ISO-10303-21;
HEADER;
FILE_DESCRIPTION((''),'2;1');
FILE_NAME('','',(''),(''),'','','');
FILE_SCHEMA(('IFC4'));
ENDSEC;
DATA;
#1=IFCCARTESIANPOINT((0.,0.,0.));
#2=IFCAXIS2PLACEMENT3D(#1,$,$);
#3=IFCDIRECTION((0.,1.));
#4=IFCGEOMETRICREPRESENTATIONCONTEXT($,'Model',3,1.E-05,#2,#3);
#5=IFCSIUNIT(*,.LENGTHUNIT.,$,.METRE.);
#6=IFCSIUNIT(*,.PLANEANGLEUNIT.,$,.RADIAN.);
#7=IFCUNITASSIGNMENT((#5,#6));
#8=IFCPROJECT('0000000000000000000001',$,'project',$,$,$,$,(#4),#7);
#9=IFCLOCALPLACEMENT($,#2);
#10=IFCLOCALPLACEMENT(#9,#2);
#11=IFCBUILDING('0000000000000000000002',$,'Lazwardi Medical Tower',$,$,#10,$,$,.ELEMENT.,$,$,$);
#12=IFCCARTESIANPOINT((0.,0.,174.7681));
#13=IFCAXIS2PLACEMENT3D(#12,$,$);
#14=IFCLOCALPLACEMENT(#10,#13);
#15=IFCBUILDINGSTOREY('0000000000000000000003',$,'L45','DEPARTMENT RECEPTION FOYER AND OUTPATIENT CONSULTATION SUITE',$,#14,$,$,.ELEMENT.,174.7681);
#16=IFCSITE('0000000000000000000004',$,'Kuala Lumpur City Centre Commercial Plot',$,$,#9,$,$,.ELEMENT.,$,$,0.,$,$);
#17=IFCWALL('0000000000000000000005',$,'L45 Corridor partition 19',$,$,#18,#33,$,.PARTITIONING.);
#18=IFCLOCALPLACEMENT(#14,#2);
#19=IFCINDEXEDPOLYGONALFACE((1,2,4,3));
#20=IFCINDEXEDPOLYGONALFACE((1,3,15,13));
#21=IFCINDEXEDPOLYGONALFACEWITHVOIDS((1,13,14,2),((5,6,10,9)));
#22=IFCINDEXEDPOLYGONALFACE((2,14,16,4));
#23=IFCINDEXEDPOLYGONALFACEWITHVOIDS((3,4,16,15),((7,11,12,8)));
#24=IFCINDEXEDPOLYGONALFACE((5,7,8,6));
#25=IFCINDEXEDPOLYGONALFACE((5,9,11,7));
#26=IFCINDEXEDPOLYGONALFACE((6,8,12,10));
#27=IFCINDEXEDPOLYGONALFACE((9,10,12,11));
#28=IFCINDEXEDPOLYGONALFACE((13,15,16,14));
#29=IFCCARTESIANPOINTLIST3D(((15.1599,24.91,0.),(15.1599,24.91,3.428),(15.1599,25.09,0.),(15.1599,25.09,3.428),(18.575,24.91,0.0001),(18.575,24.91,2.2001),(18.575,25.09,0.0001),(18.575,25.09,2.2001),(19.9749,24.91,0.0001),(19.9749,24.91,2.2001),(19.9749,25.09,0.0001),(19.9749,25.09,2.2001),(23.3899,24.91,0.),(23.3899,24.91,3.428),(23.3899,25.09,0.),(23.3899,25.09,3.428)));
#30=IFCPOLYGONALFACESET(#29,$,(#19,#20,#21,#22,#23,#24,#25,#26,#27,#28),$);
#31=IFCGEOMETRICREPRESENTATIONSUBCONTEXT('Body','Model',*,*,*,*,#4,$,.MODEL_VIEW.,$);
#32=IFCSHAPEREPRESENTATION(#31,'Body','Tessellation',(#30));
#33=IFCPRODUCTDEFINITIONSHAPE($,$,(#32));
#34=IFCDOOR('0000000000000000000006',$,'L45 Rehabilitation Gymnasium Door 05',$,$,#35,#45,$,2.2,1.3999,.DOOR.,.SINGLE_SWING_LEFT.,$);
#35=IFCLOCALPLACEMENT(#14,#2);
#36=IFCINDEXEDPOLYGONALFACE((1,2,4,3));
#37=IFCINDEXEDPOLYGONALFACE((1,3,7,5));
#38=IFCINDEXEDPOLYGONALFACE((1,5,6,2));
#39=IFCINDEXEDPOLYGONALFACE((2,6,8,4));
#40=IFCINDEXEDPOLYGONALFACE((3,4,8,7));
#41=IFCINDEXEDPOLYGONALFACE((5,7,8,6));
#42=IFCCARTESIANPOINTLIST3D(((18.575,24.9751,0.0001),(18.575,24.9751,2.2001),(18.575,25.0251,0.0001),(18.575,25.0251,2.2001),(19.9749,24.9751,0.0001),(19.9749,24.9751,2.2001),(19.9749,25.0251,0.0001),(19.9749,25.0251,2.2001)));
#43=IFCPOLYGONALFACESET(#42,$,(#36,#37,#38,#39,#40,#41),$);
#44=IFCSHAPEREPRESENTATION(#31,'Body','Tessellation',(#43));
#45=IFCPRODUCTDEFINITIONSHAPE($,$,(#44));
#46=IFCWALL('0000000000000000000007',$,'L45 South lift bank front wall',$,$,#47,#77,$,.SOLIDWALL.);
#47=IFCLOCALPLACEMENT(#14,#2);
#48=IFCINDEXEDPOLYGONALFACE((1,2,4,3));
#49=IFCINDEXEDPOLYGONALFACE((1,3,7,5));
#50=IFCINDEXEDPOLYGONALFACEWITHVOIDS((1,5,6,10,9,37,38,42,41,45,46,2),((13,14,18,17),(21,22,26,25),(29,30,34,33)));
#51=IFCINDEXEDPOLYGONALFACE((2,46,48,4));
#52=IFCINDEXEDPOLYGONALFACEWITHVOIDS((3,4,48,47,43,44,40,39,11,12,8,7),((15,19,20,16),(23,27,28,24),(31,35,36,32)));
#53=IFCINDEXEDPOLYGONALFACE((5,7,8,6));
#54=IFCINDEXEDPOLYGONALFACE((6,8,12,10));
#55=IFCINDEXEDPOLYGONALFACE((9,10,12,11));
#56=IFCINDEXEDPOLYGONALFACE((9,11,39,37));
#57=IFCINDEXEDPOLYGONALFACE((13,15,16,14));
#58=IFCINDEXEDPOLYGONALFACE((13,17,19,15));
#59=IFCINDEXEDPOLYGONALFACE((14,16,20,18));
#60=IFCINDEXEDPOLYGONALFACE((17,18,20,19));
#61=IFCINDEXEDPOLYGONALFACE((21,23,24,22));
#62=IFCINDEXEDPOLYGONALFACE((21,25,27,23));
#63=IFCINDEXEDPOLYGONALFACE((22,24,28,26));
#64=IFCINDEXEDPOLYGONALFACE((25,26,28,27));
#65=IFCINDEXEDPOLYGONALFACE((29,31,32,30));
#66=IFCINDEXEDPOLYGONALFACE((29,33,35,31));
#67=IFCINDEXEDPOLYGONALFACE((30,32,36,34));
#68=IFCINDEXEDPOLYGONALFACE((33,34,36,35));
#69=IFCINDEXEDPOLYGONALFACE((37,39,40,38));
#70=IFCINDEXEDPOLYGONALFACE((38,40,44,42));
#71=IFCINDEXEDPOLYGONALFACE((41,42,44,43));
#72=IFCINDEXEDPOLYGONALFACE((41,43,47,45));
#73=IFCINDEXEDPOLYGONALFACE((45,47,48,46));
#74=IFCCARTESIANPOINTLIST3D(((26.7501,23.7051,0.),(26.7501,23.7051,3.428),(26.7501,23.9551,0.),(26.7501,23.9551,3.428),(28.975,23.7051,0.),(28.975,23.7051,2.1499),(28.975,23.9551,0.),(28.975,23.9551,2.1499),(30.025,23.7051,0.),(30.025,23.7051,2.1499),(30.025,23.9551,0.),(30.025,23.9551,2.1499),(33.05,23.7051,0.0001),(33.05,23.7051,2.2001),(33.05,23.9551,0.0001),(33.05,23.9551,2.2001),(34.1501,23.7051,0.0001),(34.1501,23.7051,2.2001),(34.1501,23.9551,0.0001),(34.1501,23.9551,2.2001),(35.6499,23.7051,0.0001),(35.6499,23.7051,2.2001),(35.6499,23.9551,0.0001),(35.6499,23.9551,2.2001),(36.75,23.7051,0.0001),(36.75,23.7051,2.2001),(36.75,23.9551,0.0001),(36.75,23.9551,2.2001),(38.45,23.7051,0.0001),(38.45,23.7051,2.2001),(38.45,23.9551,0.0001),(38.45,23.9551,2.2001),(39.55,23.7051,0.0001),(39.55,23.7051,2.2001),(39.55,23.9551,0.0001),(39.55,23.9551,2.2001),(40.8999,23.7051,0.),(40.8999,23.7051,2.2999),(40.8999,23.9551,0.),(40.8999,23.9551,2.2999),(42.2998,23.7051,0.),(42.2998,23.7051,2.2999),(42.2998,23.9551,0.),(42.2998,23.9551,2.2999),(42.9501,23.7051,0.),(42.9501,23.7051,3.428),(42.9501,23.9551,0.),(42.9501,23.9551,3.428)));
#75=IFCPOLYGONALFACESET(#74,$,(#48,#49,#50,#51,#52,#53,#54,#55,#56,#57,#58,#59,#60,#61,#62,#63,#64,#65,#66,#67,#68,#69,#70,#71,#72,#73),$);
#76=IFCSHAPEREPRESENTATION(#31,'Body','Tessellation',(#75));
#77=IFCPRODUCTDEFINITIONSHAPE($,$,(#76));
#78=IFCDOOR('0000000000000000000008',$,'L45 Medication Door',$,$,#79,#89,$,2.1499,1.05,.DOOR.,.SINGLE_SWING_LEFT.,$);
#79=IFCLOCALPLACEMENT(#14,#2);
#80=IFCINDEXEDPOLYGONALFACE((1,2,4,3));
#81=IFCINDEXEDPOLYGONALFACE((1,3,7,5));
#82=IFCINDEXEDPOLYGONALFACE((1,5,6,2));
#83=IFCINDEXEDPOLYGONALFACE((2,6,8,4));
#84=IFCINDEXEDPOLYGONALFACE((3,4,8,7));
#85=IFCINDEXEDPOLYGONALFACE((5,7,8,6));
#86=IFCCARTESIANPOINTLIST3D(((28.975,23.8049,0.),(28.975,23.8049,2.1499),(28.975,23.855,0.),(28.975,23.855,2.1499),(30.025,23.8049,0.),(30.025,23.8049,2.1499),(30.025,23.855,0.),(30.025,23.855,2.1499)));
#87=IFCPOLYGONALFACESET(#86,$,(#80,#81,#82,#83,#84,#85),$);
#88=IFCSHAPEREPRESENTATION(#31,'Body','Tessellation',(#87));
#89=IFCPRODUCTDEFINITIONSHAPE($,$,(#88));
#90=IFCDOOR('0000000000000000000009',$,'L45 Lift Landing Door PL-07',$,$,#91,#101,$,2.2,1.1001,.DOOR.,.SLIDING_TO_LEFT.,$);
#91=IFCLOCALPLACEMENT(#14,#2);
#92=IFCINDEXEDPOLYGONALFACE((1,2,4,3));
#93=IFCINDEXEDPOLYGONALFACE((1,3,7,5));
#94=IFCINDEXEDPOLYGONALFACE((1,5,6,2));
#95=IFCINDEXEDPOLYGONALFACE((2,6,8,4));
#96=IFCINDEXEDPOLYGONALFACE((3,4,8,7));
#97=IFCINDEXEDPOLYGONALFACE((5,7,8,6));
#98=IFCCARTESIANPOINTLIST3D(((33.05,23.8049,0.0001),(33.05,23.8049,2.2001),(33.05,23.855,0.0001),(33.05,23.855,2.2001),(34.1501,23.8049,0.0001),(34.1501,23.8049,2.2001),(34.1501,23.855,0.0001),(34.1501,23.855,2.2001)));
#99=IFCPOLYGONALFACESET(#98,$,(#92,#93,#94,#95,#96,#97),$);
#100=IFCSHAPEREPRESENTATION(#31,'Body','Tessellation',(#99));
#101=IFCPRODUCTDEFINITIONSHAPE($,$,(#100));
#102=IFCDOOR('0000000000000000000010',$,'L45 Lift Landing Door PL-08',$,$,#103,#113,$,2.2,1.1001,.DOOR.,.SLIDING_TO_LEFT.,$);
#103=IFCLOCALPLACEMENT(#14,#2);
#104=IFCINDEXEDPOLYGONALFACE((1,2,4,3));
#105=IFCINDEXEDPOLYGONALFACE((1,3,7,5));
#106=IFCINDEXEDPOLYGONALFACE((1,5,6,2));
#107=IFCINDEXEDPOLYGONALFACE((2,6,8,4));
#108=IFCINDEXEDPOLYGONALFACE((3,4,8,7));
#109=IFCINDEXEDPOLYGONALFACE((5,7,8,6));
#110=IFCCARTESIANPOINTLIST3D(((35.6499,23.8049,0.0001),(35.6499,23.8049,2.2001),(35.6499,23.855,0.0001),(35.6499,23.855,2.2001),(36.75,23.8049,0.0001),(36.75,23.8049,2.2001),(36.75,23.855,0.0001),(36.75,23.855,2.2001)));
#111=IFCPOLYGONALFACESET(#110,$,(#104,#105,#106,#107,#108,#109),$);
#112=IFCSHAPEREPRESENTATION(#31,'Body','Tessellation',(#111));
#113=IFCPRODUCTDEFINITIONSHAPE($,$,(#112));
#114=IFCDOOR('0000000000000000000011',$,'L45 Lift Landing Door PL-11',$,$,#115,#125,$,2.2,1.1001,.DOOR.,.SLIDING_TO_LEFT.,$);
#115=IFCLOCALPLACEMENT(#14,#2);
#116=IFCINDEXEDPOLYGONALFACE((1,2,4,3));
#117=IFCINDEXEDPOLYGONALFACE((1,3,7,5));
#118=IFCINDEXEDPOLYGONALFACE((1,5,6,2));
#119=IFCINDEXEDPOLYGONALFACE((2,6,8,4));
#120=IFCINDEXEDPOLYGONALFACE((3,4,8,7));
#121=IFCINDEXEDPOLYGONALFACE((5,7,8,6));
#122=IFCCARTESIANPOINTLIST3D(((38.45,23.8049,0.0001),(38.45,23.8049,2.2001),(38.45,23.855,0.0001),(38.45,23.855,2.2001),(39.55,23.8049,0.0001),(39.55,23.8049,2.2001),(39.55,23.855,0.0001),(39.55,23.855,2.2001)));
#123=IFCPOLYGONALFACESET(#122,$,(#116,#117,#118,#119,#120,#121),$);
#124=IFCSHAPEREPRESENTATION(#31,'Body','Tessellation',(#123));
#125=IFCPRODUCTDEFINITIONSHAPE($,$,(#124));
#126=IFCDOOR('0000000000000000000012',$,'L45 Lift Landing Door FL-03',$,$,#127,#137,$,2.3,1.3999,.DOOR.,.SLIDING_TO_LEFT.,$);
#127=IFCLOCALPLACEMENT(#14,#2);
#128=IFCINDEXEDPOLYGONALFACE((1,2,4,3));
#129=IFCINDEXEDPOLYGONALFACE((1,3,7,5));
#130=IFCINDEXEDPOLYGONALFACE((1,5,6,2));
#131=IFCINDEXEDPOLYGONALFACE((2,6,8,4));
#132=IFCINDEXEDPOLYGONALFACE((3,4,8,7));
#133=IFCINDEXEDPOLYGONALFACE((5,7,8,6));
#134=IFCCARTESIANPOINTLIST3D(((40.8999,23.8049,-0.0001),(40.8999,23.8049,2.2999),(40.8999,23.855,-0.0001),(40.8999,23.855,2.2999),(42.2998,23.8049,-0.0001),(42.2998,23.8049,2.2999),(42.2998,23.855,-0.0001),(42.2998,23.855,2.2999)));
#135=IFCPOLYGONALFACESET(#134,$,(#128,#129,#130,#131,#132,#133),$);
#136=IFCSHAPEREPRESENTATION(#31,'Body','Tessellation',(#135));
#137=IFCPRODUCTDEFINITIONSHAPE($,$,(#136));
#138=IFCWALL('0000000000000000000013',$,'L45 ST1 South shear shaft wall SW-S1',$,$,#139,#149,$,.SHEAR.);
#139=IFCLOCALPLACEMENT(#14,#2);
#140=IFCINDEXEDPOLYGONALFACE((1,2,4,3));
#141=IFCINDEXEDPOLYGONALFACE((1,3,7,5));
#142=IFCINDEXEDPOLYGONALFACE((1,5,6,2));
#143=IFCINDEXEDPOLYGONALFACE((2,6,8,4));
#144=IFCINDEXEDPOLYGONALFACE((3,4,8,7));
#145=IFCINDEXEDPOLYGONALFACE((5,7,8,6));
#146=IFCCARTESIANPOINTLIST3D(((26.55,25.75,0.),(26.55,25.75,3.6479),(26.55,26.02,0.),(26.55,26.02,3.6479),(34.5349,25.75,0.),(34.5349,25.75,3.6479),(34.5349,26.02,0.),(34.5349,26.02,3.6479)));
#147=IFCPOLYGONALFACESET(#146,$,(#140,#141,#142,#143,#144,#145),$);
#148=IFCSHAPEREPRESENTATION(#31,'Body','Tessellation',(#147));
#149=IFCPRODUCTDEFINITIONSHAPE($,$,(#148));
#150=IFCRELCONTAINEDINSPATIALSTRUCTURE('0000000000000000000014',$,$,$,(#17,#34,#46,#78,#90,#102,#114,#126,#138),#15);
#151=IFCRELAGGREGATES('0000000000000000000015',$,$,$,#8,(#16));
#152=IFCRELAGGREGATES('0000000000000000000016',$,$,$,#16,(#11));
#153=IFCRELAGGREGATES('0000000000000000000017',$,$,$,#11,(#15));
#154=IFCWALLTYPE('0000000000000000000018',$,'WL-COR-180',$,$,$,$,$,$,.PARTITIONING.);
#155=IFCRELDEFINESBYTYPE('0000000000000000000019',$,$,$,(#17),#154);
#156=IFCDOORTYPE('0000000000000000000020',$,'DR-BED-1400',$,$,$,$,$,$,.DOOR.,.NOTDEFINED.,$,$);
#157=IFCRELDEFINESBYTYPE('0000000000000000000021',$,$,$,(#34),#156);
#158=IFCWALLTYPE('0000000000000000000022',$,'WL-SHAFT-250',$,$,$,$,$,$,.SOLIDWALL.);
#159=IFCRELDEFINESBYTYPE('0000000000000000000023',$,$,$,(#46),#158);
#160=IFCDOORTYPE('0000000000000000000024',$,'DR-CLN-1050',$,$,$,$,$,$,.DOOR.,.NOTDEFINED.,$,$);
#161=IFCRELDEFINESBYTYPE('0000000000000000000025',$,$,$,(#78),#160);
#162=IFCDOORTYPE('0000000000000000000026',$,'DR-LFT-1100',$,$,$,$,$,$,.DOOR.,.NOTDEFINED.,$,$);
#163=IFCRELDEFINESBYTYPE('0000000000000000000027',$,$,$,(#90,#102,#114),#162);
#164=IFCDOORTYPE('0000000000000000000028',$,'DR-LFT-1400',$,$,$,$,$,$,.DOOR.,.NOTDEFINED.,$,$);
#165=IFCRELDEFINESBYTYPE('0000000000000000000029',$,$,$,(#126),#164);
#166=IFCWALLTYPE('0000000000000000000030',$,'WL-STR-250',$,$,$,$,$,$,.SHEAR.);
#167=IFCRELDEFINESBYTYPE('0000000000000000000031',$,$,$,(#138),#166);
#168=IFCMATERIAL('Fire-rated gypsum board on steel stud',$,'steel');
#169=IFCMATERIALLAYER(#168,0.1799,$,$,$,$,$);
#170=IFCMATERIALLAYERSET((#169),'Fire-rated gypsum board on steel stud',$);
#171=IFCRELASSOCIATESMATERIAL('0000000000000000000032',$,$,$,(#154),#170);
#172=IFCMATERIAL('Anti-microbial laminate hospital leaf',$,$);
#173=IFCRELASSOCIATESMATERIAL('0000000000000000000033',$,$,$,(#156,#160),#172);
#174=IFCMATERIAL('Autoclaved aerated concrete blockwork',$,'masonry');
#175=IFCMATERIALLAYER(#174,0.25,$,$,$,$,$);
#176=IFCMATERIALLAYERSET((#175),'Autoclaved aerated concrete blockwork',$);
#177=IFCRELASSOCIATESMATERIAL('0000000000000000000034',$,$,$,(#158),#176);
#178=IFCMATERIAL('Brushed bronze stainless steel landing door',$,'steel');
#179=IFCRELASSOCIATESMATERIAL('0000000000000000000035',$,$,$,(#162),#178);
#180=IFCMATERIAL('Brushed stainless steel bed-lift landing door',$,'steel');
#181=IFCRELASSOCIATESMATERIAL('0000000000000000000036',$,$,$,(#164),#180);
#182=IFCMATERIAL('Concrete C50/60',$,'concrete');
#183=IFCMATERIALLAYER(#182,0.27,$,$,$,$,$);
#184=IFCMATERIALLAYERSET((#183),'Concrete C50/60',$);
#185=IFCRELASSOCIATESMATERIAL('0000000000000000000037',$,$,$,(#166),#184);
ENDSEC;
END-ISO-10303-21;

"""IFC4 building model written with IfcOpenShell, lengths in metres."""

from ifc_helpers import new_model, si_unit, direction, frame, frame_2d, origin, place, context, subcontext, project, spatial, rectangle, extrude, material, layer, layer_set, type_object, element, fill, save


model = new_model("IFC4")

# Units and contexts
model_context = context("Model", 3, precision=1e-05, world=origin(), true_north=direction((0.0, 1.0)))
body_context = subcontext(model_context, "Body", "Model", "MODEL_VIEW")
ifc_project = project(units=[si_unit("LENGTHUNIT", "METRE"), si_unit("PLANEANGLEUNIT", "RADIAN")], contexts=[model_context])

# Site, building, storey
site_placement = place(None, origin())
site = spatial("IfcSite", under=ifc_project, at=site_placement, Name="Kuala Lumpur City Centre Commercial Plot", CompositionType="ELEMENT", RefElevation=0.0)
building_placement = place(site_placement, origin())
building = spatial("IfcBuilding", under=site, at=building_placement, Name="Lazwardi Medical Tower", CompositionType="ELEMENT")
storey_placement = place(building_placement, frame((0.0, 0.0, 174.7681)))
storey = spatial("IfcBuildingStorey", under=building, at=storey_placement, Name="L45", Description="DEPARTMENT RECEPTION FOYER AND OUTPATIENT CONSULTATION SUITE", CompositionType="ELEMENT", Elevation=174.7681)

# Wall, opening, door
ifc_material_1 = material(Name="Fire-rated gypsum board on steel stud", Category="steel")
ifc_layer_1 = layer(ifc_material_1, 0.1799)
ifc_layer_set_1 = layer_set([ifc_layer_1], Name="Fire-rated gypsum board on steel stud")
wall_type_1 = type_object("IfcWallType", Name="WL-COR-180", PredefinedType="PARTITIONING", material=ifc_layer_set_1)
wall_1_placement = place(storey_placement, frame((23.3899, 25.0, 0.0), z_axis=(0.0, 0.0, 1.0), x_axis=(-1.0, 0.0, 0.0)))
wall_1 = element("IfcWall", 1, at=wall_1_placement, inside=storey, type_object=wall_type_1, Name="L45 Corridor partition 19", PredefinedType="PARTITIONING", context=body_context, shape_type="SweptSolid", body=[
    extrude(rectangle(XDim=8.23, YDim=0.1799, at=frame_2d((4.115, 0.0))), origin(), (0.0, 0.0, 1.0), 3.428),
])
opening_1_placement = place(wall_1_placement, frame((3.415, 0.0, 0.0)))
opening_1 = element("IfcOpeningElement", 2, at=opening_1_placement, cuts=wall_1, PredefinedType="OPENING", context=body_context, shape_type="SweptSolid", body=[
    extrude(rectangle(XDim=1.3999, YDim=2.2, at=frame_2d((0.7, 1.1001))), frame((0.0, 0.0999, 0.0), z_axis=(0.0, -1.0, 0.0), x_axis=(1.0, 0.0, 0.0)), (0.0, 0.0, 1.0), 0.2),
])
ifc_material_2 = material(Name="Anti-microbial laminate hospital leaf")
door_type_1 = type_object("IfcDoorType", Name="DR-BED-1400", OperationType="NOTDEFINED", PredefinedType="DOOR", material=ifc_material_2)
door_1_placement = place(opening_1_placement, origin())
door_1 = element("IfcDoor", 3, at=door_1_placement, inside=storey, type_object=door_type_1, Name="L45 Rehabilitation Gymnasium Door 05", OperationType="SINGLE_SWING_LEFT", OverallHeight=2.2, OverallWidth=1.3999, PredefinedType="DOOR", context=body_context, shape_type="SweptSolid", body=[
    extrude(rectangle(XDim=1.3999, YDim=2.2, at=frame_2d((0.7, 1.1001))), frame((0.0, 0.0249, 0.0), z_axis=(0.0, -1.0, 0.0), x_axis=(1.0, 0.0, 0.0)), (0.0, 0.0, 1.0), 0.05),
])
fill(opening_1, door_1)

# Wall, openings, doors
ifc_material_3 = material(Name="Autoclaved aerated concrete blockwork", Category="masonry")
ifc_layer_2 = layer(ifc_material_3, 0.25)
ifc_layer_set_2 = layer_set([ifc_layer_2], Name="Autoclaved aerated concrete blockwork")
wall_type_2 = type_object("IfcWallType", Name="WL-SHAFT-250", PredefinedType="SOLIDWALL", material=ifc_layer_set_2)
wall_2_placement = place(storey_placement, frame((26.75, 23.8301, 0.0), z_axis=(0.0, 0.0, 1.0), x_axis=(1.0, 0.0, 0.0)))
wall_2 = element("IfcWall", 4, at=wall_2_placement, inside=storey, type_object=wall_type_2, Name="L45 South lift bank front wall", PredefinedType="SOLIDWALL", context=body_context, shape_type="SweptSolid", body=[
    extrude(rectangle(XDim=16.2, YDim=0.25, at=frame_2d((8.1001, 0.0))), origin(), (0.0, 0.0, 1.0), 3.428),
])
opening_2_placement = place(wall_2_placement, frame((2.2251, 0.0, 0.0)))
opening_2 = element("IfcOpeningElement", 5, at=opening_2_placement, cuts=wall_2, PredefinedType="OPENING", context=body_context, shape_type="SweptSolid", body=[
    extrude(rectangle(XDim=1.05, YDim=2.1499, at=frame_2d((0.5249, 1.075))), frame((0.0, 0.135, 0.0), z_axis=(0.0, -1.0, 0.0), x_axis=(1.0, 0.0, 0.0)), (0.0, 0.0, 1.0), 0.27),
])
opening_3_placement = place(wall_2_placement, frame((6.3, 0.0, 0.0)))
opening_3 = element("IfcOpeningElement", 6, at=opening_3_placement, cuts=wall_2, PredefinedType="OPENING", context=body_context, shape_type="SweptSolid", body=[
    extrude(rectangle(XDim=1.1001, YDim=2.2, at=frame_2d((0.55, 1.1001))), frame((0.0, 0.135, 0.0), z_axis=(0.0, -1.0, 0.0), x_axis=(1.0, 0.0, 0.0)), (0.0, 0.0, 1.0), 0.27),
])
opening_4_placement = place(wall_2_placement, frame((8.8999, 0.0, 0.0)))
opening_4 = element("IfcOpeningElement", 7, at=opening_4_placement, cuts=wall_2, PredefinedType="OPENING", context=body_context, shape_type="SweptSolid", body=[
    extrude(rectangle(XDim=1.1001, YDim=2.2, at=frame_2d((0.55, 1.1001))), frame((0.0, 0.135, 0.0), z_axis=(0.0, -1.0, 0.0), x_axis=(1.0, 0.0, 0.0)), (0.0, 0.0, 1.0), 0.27),
])
opening_5_placement = place(wall_2_placement, frame((11.7, 0.0, 0.0)))
opening_5 = element("IfcOpeningElement", 8, at=opening_5_placement, cuts=wall_2, PredefinedType="OPENING", context=body_context, shape_type="SweptSolid", body=[
    extrude(rectangle(XDim=1.1001, YDim=2.2, at=frame_2d((0.55, 1.1001))), frame((0.0, 0.135, 0.0), z_axis=(0.0, -1.0, 0.0), x_axis=(1.0, 0.0, 0.0)), (0.0, 0.0, 1.0), 0.27),
])
opening_6_placement = place(wall_2_placement, frame((14.1499, 0.0, 0.0)))
opening_6 = element("IfcOpeningElement", 9, at=opening_6_placement, cuts=wall_2, PredefinedType="OPENING", context=body_context, shape_type="SweptSolid", body=[
    extrude(rectangle(XDim=1.3999, YDim=2.3, at=frame_2d((0.7, 1.1499))), frame((0.0, 0.135, 0.0), z_axis=(0.0, -1.0, 0.0), x_axis=(1.0, 0.0, 0.0)), (0.0, 0.0, 1.0), 0.27),
])
door_type_2 = type_object("IfcDoorType", Name="DR-CLN-1050", OperationType="NOTDEFINED", PredefinedType="DOOR", material=ifc_material_2)
door_2_placement = place(opening_2_placement, origin())
door_2 = element("IfcDoor", 10, at=door_2_placement, inside=storey, type_object=door_type_2, Name="L45 Medication Door", OperationType="SINGLE_SWING_LEFT", OverallHeight=2.1499, OverallWidth=1.05, PredefinedType="DOOR", context=body_context, shape_type="SweptSolid", body=[
    extrude(rectangle(XDim=1.05, YDim=2.1499, at=frame_2d((0.5249, 1.075))), frame((0.0, 0.0249, 0.0), z_axis=(0.0, -1.0, 0.0), x_axis=(1.0, 0.0, 0.0)), (0.0, 0.0, 1.0), 0.05),
])
fill(opening_2, door_2)
ifc_material_4 = material(Name="Brushed bronze stainless steel landing door", Category="steel")
door_type_3 = type_object("IfcDoorType", Name="DR-LFT-1100", OperationType="NOTDEFINED", PredefinedType="DOOR", material=ifc_material_4)
door_3_placement = place(opening_3_placement, origin())
door_3 = element("IfcDoor", 11, at=door_3_placement, inside=storey, type_object=door_type_3, Name="L45 Lift Landing Door PL-07", OperationType="SLIDING_TO_LEFT", OverallHeight=2.2, OverallWidth=1.1001, PredefinedType="DOOR", context=body_context, shape_type="SweptSolid", body=[
    extrude(rectangle(XDim=1.1001, YDim=2.2, at=frame_2d((0.55, 1.1001))), frame((0.0, 0.0249, 0.0), z_axis=(0.0, -1.0, 0.0), x_axis=(1.0, 0.0, 0.0)), (0.0, 0.0, 1.0), 0.05),
])
fill(opening_3, door_3)
door_4_placement = place(opening_4_placement, origin())
door_4 = element("IfcDoor", 12, at=door_4_placement, inside=storey, type_object=door_type_3, Name="L45 Lift Landing Door PL-08", OperationType="SLIDING_TO_LEFT", OverallHeight=2.2, OverallWidth=1.1001, PredefinedType="DOOR", context=body_context, shape_type="SweptSolid", body=[
    extrude(rectangle(XDim=1.1001, YDim=2.2, at=frame_2d((0.55, 1.1001))), frame((0.0, 0.0249, 0.0), z_axis=(0.0, -1.0, 0.0), x_axis=(1.0, 0.0, 0.0)), (0.0, 0.0, 1.0), 0.05),
])
fill(opening_4, door_4)
door_5_placement = place(opening_5_placement, origin())
door_5 = element("IfcDoor", 13, at=door_5_placement, inside=storey, type_object=door_type_3, Name="L45 Lift Landing Door PL-11", OperationType="SLIDING_TO_LEFT", OverallHeight=2.2, OverallWidth=1.1001, PredefinedType="DOOR", context=body_context, shape_type="SweptSolid", body=[
    extrude(rectangle(XDim=1.1001, YDim=2.2, at=frame_2d((0.55, 1.1001))), frame((0.0, 0.0249, 0.0), z_axis=(0.0, -1.0, 0.0), x_axis=(1.0, 0.0, 0.0)), (0.0, 0.0, 1.0), 0.05),
])
fill(opening_5, door_5)
ifc_material_5 = material(Name="Brushed stainless steel bed-lift landing door", Category="steel")
door_type_4 = type_object("IfcDoorType", Name="DR-LFT-1400", OperationType="NOTDEFINED", PredefinedType="DOOR", material=ifc_material_5)
door_6_placement = place(opening_6_placement, origin())
door_6 = element("IfcDoor", 14, at=door_6_placement, inside=storey, type_object=door_type_4, Name="L45 Lift Landing Door FL-03", OperationType="SLIDING_TO_LEFT", OverallHeight=2.3, OverallWidth=1.3999, PredefinedType="DOOR", context=body_context, shape_type="SweptSolid", body=[
    extrude(rectangle(XDim=1.3999, YDim=2.3, at=frame_2d((0.7, 1.1499))), frame((0.0, 0.0249, 0.0), z_axis=(0.0, -1.0, 0.0), x_axis=(1.0, 0.0, 0.0)), (0.0, 0.0, 1.0), 0.05),
])
fill(opening_6, door_6)

# Wall
ifc_material_6 = material(Name="Concrete C50/60", Category="concrete")
ifc_layer_3 = layer(ifc_material_6, 0.27)
ifc_layer_set_3 = layer_set([ifc_layer_3], Name="Concrete C50/60")
wall_type_3 = type_object("IfcWallType", Name="WL-STR-250", PredefinedType="SHEAR", material=ifc_layer_set_3)
wall_3_placement = place(storey_placement, frame((26.55, 25.885, 0.0), z_axis=(0.0, 0.0, 1.0), x_axis=(1.0, 0.0, 0.0)))
element("IfcWall", 15, at=wall_3_placement, inside=storey, type_object=wall_type_3, Name="L45 ST1 South shear shaft wall SW-S1", PredefinedType="SHEAR", context=body_context, shape_type="SweptSolid", body=[
    extrude(rectangle(XDim=7.9849, YDim=0.27, at=frame_2d((3.9924, 0.0))), origin(), (0.0, 0.0, 1.0), 3.6479),
])

save(model, "model.ifc")
